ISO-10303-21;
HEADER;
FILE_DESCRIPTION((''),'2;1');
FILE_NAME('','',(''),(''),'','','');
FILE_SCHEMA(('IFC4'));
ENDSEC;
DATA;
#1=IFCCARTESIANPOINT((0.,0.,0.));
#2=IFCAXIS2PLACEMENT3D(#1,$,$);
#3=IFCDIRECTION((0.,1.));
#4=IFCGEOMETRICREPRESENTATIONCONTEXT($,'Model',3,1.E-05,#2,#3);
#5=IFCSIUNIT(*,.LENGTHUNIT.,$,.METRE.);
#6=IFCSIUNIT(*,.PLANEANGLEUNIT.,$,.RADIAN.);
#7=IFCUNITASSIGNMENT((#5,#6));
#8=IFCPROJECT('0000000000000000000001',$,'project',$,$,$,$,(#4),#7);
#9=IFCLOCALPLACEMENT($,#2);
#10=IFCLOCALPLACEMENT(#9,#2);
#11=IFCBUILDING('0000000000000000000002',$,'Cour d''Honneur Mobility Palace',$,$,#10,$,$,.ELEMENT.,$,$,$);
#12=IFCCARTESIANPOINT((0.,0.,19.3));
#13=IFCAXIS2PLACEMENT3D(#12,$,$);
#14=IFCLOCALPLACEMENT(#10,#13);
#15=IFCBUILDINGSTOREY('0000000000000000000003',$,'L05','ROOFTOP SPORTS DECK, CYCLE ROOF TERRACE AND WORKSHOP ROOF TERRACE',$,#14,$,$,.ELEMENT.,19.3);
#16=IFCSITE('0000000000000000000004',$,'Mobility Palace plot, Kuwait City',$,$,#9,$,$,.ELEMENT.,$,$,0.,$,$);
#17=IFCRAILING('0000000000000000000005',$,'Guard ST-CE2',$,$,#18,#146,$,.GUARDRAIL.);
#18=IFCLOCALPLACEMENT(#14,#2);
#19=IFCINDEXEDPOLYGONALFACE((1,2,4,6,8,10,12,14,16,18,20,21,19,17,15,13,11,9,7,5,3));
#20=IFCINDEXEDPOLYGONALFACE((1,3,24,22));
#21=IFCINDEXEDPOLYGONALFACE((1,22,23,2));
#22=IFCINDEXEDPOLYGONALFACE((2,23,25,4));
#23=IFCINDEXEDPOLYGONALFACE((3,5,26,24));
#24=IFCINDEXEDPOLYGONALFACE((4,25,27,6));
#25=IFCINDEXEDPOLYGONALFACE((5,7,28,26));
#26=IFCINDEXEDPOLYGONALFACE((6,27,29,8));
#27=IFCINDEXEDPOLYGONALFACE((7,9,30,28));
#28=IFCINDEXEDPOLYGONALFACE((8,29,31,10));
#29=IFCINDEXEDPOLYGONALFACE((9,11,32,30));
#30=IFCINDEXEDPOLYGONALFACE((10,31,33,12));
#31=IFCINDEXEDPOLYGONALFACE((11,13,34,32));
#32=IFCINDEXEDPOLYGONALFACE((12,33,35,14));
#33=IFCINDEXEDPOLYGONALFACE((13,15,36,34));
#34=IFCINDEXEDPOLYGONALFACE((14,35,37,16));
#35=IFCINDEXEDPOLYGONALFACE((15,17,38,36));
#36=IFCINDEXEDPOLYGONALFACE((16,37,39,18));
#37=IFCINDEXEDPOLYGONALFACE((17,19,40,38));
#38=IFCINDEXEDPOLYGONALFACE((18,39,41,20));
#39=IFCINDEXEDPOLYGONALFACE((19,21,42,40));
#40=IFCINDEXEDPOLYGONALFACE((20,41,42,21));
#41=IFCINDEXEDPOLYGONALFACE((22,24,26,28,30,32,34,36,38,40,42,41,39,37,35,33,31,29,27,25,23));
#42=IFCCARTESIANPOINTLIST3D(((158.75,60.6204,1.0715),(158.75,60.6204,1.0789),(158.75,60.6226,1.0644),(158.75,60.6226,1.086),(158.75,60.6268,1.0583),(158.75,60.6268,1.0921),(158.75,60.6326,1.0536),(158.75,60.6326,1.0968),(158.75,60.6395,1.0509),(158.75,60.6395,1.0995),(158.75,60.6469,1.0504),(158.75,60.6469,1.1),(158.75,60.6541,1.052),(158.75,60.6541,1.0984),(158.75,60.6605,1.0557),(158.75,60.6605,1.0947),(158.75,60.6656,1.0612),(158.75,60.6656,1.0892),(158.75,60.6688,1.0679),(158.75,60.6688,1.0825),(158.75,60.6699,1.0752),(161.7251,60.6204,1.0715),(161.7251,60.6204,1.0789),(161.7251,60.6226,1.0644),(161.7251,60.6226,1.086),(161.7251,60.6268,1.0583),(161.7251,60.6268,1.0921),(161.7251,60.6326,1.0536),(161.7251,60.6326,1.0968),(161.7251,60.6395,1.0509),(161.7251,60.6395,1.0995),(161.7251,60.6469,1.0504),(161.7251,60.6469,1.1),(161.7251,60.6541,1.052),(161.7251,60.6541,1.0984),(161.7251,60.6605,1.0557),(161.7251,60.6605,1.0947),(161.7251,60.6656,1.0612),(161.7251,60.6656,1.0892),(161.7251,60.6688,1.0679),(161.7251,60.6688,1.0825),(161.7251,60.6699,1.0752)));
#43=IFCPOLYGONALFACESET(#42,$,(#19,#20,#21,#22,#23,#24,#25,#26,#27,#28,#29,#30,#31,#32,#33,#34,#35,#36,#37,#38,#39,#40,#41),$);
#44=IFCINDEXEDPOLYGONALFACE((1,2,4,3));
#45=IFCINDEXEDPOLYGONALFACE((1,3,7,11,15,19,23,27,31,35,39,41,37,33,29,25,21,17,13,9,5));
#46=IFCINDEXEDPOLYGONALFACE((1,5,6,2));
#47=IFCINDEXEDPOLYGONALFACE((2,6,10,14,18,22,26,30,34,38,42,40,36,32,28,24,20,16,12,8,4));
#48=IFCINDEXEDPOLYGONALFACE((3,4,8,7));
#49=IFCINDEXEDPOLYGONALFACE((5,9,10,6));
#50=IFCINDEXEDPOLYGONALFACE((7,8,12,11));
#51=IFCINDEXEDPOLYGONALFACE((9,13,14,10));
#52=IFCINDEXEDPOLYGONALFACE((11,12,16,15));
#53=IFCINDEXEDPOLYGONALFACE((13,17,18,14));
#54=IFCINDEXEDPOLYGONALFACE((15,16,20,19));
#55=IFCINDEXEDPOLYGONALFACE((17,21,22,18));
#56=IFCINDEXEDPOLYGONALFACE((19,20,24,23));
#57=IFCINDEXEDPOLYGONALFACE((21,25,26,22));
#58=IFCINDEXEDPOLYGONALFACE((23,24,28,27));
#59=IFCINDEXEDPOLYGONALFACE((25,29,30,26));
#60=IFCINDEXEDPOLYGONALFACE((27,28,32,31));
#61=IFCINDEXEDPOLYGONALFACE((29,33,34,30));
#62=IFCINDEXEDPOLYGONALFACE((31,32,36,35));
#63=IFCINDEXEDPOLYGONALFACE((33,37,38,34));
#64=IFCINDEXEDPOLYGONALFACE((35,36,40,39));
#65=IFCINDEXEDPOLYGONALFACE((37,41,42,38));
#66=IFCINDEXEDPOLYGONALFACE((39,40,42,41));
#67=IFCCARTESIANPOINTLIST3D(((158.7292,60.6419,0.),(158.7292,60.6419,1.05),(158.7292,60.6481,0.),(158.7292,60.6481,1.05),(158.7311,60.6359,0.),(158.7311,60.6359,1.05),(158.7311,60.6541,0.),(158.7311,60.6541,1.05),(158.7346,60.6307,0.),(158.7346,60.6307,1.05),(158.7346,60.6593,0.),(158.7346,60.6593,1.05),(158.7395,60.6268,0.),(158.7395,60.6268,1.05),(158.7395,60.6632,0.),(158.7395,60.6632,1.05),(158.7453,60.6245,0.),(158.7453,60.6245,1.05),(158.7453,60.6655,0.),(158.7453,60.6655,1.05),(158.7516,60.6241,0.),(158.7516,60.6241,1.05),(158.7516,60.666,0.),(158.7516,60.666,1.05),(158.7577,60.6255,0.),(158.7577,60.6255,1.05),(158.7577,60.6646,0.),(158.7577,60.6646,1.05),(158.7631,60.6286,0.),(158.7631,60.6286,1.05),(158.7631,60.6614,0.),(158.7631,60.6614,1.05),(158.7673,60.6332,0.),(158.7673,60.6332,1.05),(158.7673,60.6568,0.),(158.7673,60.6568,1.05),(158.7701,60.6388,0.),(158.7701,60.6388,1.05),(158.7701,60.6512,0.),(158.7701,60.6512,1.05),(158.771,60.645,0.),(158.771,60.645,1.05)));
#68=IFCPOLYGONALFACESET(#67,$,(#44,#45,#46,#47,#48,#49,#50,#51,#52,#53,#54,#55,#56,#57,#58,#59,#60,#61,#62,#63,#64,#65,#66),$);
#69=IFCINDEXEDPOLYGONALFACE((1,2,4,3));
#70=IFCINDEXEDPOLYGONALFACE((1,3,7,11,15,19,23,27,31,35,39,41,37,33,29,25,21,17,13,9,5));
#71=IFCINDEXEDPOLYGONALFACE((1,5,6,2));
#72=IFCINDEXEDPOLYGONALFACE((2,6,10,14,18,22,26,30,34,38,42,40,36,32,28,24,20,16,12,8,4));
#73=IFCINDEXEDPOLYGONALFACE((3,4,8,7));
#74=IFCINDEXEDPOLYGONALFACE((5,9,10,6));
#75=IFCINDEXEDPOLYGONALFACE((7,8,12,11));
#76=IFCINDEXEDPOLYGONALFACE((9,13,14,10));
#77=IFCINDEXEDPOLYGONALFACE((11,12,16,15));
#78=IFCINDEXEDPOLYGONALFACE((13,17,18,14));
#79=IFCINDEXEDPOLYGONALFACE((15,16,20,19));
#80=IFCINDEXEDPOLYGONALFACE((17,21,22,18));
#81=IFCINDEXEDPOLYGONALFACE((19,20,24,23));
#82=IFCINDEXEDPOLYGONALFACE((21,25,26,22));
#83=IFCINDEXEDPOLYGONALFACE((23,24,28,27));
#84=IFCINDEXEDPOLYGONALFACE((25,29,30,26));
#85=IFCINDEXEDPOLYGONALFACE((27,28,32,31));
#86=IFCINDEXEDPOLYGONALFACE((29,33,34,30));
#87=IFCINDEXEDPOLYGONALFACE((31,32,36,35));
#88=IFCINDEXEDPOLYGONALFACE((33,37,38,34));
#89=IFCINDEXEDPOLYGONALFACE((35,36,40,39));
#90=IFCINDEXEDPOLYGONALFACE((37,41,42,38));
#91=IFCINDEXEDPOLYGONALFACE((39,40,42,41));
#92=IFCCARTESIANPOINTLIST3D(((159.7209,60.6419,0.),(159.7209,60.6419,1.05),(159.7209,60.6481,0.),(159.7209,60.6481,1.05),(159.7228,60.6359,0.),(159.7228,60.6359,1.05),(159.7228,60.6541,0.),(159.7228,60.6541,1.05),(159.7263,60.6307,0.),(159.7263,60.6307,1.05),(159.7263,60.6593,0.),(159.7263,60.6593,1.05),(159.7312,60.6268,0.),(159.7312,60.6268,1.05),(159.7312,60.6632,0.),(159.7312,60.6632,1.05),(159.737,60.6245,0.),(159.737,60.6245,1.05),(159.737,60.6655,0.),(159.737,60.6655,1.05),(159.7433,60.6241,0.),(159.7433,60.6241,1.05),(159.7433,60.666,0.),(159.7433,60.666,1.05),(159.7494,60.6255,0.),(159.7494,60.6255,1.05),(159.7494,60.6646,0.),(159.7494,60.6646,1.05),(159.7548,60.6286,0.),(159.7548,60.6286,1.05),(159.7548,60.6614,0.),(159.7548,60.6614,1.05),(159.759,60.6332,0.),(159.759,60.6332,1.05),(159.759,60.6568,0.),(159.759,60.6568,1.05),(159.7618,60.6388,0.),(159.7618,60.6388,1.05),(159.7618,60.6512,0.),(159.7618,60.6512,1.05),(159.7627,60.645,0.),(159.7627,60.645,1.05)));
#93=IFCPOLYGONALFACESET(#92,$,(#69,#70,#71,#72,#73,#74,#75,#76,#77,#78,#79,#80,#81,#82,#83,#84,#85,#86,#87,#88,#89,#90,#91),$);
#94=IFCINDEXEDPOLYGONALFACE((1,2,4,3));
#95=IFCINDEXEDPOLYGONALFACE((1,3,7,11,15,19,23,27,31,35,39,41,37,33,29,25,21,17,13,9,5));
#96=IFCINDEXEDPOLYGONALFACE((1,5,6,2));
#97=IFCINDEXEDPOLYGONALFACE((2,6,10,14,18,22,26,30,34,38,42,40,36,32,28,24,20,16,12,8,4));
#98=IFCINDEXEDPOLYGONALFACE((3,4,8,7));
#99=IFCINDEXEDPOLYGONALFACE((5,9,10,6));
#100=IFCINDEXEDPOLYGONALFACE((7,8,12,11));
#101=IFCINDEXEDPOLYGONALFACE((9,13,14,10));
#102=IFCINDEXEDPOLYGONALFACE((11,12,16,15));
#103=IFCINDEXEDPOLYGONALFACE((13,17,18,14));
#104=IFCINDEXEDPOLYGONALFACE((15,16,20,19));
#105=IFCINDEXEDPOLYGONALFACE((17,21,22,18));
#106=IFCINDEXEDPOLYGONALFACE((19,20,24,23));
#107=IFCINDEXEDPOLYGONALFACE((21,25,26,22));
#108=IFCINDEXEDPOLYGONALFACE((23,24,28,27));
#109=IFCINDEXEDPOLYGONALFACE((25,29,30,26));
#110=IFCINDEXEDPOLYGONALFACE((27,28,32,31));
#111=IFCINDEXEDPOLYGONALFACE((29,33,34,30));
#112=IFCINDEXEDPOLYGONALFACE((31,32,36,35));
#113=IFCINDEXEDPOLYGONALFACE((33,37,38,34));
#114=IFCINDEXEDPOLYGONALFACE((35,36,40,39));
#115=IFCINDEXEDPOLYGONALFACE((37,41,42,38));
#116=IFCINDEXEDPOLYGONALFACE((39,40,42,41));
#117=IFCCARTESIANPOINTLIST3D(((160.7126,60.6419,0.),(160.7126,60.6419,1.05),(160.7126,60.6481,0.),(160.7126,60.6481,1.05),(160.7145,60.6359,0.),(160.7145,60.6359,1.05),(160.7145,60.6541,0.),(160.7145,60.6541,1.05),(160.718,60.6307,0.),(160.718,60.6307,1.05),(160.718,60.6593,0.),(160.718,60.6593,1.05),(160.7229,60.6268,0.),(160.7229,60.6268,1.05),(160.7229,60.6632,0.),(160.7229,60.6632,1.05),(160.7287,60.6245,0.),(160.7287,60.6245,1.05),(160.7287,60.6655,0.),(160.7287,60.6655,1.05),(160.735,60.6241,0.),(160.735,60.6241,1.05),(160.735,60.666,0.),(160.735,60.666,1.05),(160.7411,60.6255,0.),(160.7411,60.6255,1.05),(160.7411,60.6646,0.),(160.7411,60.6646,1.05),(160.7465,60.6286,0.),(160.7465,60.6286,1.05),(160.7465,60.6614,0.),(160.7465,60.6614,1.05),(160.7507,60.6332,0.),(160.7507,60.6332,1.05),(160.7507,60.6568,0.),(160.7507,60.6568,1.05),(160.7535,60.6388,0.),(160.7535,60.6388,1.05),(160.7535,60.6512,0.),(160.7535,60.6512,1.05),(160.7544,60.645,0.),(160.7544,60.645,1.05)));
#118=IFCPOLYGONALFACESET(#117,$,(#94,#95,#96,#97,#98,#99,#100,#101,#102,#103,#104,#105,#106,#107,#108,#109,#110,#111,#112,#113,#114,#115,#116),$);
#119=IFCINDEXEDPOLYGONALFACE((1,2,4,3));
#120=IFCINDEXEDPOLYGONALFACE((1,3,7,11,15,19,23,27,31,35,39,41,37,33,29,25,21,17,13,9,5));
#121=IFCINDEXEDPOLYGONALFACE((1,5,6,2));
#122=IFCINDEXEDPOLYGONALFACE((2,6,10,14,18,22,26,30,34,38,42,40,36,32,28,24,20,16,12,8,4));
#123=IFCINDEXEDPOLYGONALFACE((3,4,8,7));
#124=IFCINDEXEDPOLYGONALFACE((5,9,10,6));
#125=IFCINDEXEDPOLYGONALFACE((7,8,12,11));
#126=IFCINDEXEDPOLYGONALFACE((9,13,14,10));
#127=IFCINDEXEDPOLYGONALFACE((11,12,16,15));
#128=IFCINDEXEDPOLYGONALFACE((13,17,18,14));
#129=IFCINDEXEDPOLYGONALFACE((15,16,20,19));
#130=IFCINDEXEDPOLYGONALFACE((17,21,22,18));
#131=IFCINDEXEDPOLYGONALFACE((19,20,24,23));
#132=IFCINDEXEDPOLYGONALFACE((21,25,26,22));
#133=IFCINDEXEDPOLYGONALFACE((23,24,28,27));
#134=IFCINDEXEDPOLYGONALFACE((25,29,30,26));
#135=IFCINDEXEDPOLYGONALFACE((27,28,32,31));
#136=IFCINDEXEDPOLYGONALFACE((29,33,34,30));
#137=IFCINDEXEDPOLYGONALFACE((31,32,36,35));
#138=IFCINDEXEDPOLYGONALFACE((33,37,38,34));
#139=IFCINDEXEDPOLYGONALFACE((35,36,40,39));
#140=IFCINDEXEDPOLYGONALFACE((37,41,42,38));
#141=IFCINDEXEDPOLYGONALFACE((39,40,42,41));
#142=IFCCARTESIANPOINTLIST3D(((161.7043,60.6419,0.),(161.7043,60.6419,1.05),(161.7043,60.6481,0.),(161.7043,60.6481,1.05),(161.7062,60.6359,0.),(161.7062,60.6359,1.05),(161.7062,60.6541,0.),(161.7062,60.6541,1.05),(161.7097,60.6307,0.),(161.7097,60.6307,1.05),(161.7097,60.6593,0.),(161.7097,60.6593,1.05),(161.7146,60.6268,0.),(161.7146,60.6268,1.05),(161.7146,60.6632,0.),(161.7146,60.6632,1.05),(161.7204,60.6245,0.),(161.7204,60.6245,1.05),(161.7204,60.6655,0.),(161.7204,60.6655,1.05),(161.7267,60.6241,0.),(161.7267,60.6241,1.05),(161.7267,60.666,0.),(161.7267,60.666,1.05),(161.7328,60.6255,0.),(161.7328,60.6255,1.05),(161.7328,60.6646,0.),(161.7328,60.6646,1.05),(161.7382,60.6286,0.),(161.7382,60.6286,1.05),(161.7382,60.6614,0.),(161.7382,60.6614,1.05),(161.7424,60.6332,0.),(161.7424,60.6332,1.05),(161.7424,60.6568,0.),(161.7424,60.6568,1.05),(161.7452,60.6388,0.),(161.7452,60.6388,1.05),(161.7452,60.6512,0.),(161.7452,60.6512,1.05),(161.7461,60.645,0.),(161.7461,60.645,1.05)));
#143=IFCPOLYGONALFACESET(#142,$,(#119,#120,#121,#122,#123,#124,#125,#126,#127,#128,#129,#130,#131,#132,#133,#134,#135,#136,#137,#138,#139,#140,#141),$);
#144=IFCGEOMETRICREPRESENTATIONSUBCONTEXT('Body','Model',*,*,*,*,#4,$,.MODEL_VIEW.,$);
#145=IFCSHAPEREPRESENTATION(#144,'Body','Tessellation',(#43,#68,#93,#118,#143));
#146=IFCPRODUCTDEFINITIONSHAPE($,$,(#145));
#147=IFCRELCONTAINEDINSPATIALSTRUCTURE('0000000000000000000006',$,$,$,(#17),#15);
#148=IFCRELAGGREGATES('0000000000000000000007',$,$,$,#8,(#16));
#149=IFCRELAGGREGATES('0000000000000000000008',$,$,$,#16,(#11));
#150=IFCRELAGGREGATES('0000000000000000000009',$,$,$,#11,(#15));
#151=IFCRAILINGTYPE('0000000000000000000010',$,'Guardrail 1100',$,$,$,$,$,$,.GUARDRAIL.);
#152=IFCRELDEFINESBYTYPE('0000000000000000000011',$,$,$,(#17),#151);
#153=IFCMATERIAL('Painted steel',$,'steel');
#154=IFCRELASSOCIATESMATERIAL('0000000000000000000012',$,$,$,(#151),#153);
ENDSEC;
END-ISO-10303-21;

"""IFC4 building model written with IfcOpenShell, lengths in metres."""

from ifc_helpers import new_model, si_unit, direction, frame, origin, origin_2d, place, context, subcontext, project, spatial, circle, extrude, material, type_object, element, save


model = new_model("IFC4")

# Units and contexts
model_context = context("Model", 3, precision=1e-05, world=origin(), true_north=direction((0.0, 1.0)))
body_context = subcontext(model_context, "Body", "Model", "MODEL_VIEW")
ifc_project = project(units=[si_unit("LENGTHUNIT", "METRE"), si_unit("PLANEANGLEUNIT", "RADIAN")], contexts=[model_context])

# Site, building, storey
site_placement = place(None, origin())
site = spatial("IfcSite", under=ifc_project, at=site_placement, Name="Mobility Palace plot, Kuwait City", CompositionType="ELEMENT", RefElevation=0.0)
building_placement = place(site_placement, origin())
building = spatial("IfcBuilding", under=site, at=building_placement, Name="Cour d'Honneur Mobility Palace", CompositionType="ELEMENT")
storey_placement = place(building_placement, frame((0.0, 0.0, 19.3)))
storey = spatial("IfcBuildingStorey", under=building, at=storey_placement, Name="L05", Description="ROOFTOP SPORTS DECK, CYCLE ROOF TERRACE AND WORKSHOP ROOF TERRACE", CompositionType="ELEMENT", Elevation=19.3)

# Railing
ifc_material_1 = material(Name="Painted steel", Category="steel")
railing_type_1 = type_object("IfcRailingType", Name="Guardrail 1100", PredefinedType="GUARDRAIL", material=ifc_material_1)
railing_1_placement = place(storey_placement, frame((158.75, 60.645, 0.0)))
element("IfcRailing", 1, at=railing_1_placement, inside=storey, type_object=railing_type_1, Name="Guard ST-CE2", PredefinedType="GUARDRAIL", context=body_context, shape_type="SweptSolid", body=[
    extrude(circle(Radius=0.0249, at=origin_2d()), frame((0.0, 0.0, 1.0752), z_axis=(1.0, 0.0, 0.0), x_axis=(0.0, 1.0, 0.0)), (0.0, 0.0, 1.0), 2.9751),
    extrude(circle(Radius=0.021, at=origin_2d()), origin(), (0.0, 0.0, 1.0), 1.05),
    extrude(circle(Radius=0.021, at=origin_2d()), frame((0.9917, 0.0, 0.0)), (0.0, 0.0, 1.0), 1.05),
    extrude(circle(Radius=0.021, at=origin_2d()), frame((1.9834, 0.0, 0.0)), (0.0, 0.0, 1.0), 1.05),
    extrude(circle(Radius=0.021, at=origin_2d()), frame((2.9751, 0.0, 0.0)), (0.0, 0.0, 1.0), 1.05),
])

save(model, "model.ifc")
